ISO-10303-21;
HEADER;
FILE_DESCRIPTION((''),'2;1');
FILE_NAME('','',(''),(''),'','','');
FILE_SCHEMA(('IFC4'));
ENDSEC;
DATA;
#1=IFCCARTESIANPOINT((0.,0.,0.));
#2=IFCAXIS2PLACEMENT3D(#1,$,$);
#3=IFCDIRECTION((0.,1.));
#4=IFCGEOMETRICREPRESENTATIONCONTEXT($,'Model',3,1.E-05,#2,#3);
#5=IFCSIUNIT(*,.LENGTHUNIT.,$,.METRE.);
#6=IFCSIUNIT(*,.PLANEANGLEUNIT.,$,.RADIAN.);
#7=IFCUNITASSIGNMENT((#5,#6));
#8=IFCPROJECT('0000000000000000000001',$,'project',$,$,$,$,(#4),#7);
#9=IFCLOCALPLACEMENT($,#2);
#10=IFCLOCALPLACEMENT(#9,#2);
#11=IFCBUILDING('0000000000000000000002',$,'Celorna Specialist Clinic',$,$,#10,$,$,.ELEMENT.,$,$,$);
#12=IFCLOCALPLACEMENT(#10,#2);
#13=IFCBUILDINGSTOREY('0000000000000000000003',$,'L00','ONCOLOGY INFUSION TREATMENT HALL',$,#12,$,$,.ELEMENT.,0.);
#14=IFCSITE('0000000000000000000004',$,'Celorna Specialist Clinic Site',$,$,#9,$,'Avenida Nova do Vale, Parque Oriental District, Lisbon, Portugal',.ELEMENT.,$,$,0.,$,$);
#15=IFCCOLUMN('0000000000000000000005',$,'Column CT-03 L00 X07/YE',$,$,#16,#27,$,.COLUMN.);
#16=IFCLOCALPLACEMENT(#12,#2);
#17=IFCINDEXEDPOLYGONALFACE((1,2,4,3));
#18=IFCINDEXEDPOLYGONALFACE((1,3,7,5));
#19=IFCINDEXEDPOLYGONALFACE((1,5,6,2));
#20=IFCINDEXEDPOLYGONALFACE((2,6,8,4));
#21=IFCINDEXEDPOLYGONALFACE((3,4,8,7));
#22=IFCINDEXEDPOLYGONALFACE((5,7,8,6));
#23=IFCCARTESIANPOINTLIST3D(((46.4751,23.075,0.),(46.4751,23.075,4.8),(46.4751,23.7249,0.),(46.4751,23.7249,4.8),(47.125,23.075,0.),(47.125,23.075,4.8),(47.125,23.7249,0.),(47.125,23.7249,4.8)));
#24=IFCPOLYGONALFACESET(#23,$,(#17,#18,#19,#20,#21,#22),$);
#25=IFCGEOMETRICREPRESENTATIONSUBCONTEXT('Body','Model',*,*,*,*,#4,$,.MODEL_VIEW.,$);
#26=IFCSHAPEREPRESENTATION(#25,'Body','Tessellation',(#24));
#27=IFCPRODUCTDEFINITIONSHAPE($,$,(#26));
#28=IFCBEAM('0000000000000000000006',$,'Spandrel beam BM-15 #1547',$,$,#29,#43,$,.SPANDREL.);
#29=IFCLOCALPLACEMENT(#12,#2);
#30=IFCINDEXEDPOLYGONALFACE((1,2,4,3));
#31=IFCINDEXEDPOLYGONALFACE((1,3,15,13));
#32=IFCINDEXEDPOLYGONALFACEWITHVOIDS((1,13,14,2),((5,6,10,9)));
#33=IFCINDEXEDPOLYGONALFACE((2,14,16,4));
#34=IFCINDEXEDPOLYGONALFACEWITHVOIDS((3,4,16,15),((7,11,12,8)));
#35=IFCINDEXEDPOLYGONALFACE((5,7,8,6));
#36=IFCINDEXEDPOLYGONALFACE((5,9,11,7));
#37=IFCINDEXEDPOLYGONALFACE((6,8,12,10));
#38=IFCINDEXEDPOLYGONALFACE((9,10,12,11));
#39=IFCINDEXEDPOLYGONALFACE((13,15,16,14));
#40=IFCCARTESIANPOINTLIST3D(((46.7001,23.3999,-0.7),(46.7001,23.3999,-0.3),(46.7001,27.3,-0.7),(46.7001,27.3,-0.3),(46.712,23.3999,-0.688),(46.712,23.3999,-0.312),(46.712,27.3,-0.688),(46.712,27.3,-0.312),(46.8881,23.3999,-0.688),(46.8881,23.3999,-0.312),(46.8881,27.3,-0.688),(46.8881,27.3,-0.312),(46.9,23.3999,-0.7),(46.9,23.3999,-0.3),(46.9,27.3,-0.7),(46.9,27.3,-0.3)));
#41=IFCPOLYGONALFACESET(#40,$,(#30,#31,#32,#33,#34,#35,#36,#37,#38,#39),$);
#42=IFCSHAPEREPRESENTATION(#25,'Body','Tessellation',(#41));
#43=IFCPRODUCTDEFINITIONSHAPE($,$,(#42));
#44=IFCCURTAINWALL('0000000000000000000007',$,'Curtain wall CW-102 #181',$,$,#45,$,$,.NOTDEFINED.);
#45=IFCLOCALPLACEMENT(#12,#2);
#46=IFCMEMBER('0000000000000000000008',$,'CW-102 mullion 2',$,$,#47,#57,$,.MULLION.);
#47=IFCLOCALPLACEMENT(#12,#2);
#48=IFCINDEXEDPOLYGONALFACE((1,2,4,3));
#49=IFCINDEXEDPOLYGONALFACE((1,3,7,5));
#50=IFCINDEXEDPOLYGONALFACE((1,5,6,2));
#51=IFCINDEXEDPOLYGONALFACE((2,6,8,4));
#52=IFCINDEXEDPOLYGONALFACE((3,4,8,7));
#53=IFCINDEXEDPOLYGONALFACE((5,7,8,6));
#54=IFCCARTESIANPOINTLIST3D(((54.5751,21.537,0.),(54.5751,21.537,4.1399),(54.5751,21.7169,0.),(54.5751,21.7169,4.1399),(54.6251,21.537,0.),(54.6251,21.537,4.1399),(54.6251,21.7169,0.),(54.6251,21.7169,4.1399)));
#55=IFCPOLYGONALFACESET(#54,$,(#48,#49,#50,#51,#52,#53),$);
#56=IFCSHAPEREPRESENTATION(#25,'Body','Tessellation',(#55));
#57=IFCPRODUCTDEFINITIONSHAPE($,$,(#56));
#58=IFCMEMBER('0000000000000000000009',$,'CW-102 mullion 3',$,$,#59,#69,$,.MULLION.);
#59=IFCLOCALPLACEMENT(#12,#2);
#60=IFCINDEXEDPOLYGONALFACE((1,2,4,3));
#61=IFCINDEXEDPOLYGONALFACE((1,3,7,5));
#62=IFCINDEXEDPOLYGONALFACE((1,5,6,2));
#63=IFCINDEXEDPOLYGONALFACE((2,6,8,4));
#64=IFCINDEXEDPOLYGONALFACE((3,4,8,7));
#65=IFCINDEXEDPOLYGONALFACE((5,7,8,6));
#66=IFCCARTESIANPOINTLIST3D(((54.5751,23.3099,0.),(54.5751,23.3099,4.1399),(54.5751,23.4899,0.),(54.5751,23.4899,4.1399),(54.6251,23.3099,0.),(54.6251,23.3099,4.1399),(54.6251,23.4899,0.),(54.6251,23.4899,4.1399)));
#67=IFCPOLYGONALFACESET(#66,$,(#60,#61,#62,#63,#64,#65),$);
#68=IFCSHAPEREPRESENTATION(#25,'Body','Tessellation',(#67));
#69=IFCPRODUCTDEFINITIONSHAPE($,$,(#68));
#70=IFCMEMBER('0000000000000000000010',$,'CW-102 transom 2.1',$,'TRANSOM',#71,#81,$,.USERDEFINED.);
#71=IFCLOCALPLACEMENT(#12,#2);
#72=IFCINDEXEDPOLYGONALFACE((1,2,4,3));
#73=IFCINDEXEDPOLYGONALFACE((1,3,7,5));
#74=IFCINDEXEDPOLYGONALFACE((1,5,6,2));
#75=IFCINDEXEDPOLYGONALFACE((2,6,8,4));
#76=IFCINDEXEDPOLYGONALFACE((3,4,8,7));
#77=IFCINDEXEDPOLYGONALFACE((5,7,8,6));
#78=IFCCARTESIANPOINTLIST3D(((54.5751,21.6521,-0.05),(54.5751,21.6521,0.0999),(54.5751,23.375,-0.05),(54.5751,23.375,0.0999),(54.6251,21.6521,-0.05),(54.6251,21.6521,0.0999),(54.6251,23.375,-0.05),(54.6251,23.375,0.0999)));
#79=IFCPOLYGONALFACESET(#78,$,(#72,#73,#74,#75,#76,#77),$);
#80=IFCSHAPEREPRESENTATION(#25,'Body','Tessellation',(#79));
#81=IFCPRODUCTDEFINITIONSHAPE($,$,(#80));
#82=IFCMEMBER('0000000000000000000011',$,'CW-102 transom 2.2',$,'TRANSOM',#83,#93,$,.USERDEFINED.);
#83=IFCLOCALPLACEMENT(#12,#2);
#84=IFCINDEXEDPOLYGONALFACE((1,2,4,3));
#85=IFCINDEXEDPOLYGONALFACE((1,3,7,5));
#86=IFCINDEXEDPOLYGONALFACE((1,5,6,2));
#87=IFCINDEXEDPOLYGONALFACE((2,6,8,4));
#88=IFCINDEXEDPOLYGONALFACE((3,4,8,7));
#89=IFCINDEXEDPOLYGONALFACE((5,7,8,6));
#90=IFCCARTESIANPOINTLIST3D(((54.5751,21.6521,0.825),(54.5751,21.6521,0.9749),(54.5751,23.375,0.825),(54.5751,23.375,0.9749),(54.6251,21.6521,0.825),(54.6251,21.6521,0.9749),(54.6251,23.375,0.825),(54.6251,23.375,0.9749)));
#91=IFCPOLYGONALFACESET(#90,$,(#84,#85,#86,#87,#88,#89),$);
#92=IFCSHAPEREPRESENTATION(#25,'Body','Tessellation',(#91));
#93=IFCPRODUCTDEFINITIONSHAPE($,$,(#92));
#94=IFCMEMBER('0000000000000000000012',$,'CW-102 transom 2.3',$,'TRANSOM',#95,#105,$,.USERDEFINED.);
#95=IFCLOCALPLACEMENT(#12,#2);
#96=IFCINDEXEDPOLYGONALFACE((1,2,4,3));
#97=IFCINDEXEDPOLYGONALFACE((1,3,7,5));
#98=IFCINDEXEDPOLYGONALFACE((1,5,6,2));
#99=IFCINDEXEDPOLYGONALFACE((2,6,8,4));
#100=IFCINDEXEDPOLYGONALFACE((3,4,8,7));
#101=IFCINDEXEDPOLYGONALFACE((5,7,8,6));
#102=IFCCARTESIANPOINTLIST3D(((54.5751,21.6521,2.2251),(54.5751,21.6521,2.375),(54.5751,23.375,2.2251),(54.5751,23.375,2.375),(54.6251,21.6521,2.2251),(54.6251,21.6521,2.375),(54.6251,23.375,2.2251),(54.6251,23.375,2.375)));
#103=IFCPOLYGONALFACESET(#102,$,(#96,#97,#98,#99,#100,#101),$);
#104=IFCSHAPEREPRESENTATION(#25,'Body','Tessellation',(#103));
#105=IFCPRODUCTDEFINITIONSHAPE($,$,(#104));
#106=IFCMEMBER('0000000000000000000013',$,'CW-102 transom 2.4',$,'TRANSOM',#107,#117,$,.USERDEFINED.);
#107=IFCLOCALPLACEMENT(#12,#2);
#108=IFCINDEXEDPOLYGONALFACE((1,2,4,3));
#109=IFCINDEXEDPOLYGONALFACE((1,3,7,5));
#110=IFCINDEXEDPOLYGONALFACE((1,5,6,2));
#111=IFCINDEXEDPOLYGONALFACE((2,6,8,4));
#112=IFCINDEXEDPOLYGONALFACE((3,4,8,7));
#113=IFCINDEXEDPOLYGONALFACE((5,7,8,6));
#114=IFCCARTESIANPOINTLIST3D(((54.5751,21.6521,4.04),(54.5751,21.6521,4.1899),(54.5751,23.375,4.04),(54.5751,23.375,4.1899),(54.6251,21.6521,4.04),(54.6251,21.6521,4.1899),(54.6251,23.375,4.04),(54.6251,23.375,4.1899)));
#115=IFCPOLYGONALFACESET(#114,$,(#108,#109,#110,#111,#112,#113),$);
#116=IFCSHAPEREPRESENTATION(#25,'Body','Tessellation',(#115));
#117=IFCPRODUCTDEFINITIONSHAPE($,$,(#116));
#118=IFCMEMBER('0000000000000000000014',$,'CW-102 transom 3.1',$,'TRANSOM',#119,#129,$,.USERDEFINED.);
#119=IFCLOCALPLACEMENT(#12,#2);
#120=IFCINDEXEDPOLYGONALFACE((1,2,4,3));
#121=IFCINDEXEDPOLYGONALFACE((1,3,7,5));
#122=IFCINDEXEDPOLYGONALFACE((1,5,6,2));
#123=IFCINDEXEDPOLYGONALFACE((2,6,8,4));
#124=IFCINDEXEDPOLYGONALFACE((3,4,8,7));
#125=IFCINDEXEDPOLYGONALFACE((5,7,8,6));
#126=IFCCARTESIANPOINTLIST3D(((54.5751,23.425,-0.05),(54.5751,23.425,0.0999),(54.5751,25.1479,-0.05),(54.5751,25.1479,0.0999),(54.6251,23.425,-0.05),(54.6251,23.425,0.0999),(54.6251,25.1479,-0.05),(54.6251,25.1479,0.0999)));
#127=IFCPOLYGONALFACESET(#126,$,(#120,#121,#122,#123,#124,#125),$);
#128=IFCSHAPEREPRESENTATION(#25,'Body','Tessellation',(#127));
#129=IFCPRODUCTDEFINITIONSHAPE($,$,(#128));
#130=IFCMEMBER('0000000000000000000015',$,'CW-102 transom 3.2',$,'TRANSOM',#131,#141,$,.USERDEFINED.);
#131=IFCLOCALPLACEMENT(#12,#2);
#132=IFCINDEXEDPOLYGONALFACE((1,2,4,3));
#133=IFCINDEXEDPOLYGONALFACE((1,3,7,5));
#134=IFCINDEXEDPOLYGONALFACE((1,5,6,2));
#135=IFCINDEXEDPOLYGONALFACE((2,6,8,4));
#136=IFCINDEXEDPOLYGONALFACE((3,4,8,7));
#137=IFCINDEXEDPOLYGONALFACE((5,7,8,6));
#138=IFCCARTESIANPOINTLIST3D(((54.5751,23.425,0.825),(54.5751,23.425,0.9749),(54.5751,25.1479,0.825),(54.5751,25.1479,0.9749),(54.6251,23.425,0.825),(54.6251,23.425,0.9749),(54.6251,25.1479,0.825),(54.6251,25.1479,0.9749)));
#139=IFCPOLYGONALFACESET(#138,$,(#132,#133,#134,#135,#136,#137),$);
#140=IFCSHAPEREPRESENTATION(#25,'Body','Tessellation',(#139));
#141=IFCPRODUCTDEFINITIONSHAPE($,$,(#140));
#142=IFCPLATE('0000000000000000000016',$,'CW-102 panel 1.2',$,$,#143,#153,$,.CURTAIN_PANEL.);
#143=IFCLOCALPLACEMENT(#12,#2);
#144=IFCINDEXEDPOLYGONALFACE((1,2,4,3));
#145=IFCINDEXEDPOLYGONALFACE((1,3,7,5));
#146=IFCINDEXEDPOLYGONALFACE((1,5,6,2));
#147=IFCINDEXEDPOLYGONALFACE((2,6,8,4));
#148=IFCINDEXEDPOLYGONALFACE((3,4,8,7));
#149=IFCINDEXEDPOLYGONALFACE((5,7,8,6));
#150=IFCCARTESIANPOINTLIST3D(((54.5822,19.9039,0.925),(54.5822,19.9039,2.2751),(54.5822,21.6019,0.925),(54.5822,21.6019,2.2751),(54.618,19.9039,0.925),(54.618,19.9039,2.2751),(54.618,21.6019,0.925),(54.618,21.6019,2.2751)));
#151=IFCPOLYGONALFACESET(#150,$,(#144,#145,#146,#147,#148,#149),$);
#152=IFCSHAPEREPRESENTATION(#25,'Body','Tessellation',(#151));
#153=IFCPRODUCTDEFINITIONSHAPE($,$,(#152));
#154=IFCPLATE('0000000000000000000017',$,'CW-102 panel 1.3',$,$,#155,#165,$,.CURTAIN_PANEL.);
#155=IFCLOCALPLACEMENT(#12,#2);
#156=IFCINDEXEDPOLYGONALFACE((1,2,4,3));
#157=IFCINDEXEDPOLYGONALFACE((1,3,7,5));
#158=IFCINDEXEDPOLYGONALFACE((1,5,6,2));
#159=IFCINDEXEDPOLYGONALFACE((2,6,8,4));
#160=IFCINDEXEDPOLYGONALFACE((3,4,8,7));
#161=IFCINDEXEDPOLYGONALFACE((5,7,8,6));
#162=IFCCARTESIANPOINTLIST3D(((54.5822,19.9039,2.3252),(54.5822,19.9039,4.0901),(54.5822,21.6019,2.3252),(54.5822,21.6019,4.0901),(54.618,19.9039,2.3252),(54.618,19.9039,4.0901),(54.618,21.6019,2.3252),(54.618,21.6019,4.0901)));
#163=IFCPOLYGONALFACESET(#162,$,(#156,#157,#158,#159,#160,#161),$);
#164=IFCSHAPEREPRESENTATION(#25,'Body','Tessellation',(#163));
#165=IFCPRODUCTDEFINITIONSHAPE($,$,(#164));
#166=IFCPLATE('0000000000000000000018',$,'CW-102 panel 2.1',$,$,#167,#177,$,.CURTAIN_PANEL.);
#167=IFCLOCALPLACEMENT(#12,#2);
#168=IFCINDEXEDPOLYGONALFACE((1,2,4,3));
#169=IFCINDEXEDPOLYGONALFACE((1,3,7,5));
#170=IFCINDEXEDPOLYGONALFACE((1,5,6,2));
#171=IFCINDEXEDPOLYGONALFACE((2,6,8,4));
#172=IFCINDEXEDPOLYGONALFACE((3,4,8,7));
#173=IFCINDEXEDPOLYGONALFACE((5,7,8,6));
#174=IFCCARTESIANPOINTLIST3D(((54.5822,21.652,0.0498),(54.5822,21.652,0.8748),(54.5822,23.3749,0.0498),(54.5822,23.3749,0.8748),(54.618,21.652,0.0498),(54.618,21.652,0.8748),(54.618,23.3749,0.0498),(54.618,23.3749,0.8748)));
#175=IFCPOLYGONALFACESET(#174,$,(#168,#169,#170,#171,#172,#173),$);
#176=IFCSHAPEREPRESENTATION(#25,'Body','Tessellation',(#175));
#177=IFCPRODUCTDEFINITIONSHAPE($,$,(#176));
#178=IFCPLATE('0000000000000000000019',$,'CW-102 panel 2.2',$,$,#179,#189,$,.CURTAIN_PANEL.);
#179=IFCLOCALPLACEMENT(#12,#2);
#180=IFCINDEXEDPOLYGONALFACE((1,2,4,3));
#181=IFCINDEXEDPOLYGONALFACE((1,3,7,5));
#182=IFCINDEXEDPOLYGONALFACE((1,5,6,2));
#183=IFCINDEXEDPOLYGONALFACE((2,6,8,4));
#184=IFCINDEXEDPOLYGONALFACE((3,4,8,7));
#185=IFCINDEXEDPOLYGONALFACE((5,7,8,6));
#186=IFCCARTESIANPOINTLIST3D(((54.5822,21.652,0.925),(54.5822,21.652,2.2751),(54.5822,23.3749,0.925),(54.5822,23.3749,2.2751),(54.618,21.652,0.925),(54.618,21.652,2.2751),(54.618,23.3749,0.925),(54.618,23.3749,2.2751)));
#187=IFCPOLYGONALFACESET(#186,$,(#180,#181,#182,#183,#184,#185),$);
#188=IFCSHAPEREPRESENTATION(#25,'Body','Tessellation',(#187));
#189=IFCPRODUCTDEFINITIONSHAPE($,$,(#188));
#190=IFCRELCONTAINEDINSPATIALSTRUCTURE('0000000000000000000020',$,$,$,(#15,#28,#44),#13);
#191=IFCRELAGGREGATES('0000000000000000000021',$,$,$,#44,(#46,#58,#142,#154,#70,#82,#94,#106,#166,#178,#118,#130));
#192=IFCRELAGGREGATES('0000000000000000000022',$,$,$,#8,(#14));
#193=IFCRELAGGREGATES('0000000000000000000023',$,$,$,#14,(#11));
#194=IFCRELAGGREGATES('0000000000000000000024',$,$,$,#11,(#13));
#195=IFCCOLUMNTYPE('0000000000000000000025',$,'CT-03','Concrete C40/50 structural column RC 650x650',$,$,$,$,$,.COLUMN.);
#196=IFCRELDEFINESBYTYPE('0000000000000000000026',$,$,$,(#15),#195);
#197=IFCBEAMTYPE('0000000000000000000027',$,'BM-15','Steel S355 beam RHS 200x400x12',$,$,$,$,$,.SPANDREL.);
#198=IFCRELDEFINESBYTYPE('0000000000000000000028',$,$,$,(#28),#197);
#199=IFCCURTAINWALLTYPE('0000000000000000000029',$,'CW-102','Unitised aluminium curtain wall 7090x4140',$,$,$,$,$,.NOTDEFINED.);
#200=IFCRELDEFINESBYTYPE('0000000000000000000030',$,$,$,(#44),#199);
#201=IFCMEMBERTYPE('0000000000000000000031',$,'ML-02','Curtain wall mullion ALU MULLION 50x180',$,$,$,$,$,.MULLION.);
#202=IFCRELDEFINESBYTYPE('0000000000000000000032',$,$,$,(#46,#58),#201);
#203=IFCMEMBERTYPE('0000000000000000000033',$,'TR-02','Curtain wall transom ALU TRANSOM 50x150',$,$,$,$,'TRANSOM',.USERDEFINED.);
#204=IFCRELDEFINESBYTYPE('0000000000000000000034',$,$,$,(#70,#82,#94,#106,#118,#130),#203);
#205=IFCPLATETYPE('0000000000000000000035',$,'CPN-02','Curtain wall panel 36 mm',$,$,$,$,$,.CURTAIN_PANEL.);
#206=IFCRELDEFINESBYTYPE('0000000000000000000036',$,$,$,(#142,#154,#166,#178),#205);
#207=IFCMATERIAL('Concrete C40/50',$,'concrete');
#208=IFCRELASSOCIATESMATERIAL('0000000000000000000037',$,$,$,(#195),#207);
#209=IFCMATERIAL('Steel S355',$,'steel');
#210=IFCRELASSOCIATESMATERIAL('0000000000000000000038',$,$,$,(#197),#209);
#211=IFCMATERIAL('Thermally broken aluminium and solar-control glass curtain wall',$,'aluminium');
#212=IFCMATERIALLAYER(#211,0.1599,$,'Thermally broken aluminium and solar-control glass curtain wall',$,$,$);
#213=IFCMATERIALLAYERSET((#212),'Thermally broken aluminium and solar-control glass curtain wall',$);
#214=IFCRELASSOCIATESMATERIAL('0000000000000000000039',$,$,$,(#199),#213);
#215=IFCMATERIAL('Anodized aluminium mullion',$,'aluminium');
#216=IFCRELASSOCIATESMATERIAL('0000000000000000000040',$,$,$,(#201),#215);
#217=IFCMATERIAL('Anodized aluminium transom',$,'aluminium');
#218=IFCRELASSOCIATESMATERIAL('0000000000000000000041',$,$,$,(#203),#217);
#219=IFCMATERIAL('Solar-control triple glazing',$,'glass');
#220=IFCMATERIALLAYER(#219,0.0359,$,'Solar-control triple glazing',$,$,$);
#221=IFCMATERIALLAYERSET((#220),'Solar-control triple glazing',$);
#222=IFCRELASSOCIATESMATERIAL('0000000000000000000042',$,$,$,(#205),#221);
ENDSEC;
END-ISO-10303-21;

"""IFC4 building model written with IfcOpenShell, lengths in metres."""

from ifc_helpers import new_model, si_unit, direction, frame, origin, origin_2d, place, context, subcontext, project, spatial, rectangle, hollow_rectangle, extrude, material, layer, layer_set, material_profile, profile_set, type_object, element, aggregate, save


model = new_model("IFC4")

# Units and contexts
model_context = context("Model", 3, precision=1e-05, world=origin(), true_north=direction((0.0, 1.0)))
body_context = subcontext(model_context, "Body", "Model", "MODEL_VIEW")
ifc_project = project(units=[si_unit("LENGTHUNIT", "METRE"), si_unit("PLANEANGLEUNIT", "RADIAN")], contexts=[model_context])

# Site, building, storey
site_placement = place(None, origin())
site = spatial("IfcSite", under=ifc_project, at=site_placement, Name="Celorna Specialist Clinic Site", LongName="Avenida Nova do Vale, Parque Oriental District, Lisbon, Portugal", CompositionType="ELEMENT", RefElevation=0.0)
building_placement = place(site_placement, origin())
building = spatial("IfcBuilding", under=site, at=building_placement, Name="Celorna Specialist Clinic", CompositionType="ELEMENT")
storey_placement = place(building_placement, origin())
storey = spatial("IfcBuildingStorey", under=building, at=storey_placement, Name="L00", Description="ONCOLOGY INFUSION TREATMENT HALL", CompositionType="ELEMENT", Elevation=0.0)

# Column
ifc_material_1 = material(Name="Concrete C40/50", Category="concrete")
ifc_material_profile_1 = material_profile(ifc_material_1, rectangle(XDim=0.6499, YDim=0.6499, at=origin_2d()), Name="RC 650x650")
ifc_profile_set_1 = profile_set([ifc_material_profile_1], Name="Concrete C40/50")
column_type = type_object("IfcColumnType", Name="CT-03", Description="Concrete C40/50 structural column RC 650x650", PredefinedType="COLUMN", material=ifc_profile_set_1)
column_placement = place(storey_placement, frame((46.8, 23.3999, 0.0), z_axis=(0.0, 0.0, 1.0), x_axis=(1.0, 0.0, 0.0)))
element("IfcColumn", 1, at=column_placement, inside=storey, type_object=column_type, Name="Column CT-03 L00 X07/YE", PredefinedType="COLUMN", context=body_context, shape_type="SweptSolid", body=[
    extrude(rectangle(XDim=0.6499, YDim=0.6499, at=origin_2d()), origin(), (0.0, 0.0, 1.0), 4.8),
])

# Beam
ifc_material_2 = material(Name="Steel S355", Category="steel")
ifc_material_profile_2 = material_profile(ifc_material_2, hollow_rectangle(XDim=0.2, YDim=0.3999, WallThickness=0.012, at=origin_2d()), Name="RHS 200x400x12")
ifc_profile_set_2 = profile_set([ifc_material_profile_2], Name="Steel S355")
beam_type = type_object("IfcBeamType", Name="BM-15", Description="Steel S355 beam RHS 200x400x12", PredefinedType="SPANDREL", material=ifc_profile_set_2)
beam_placement = place(storey_placement, frame((46.8, 23.3999, -0.5), z_axis=(0.0, 1.0, 0.0), x_axis=(-1.0, 0.0, 0.0)))
element("IfcBeam", 2, at=beam_placement, inside=storey, type_object=beam_type, Name="Spandrel beam BM-15 #1547", PredefinedType="SPANDREL", context=body_context, shape_type="SweptSolid", body=[
    extrude(hollow_rectangle(XDim=0.2, YDim=0.3999, WallThickness=0.012, at=origin_2d()), origin(), (0.0, 0.0, 1.0), 3.9001),
])

# Curtain wall, members, plates
ifc_material_3 = material(Name="Thermally broken aluminium and solar-control glass curtain wall", Category="aluminium")
ifc_layer_1 = layer(ifc_material_3, 0.1599, Name="Thermally broken aluminium and solar-control glass curtain wall")
ifc_layer_set_1 = layer_set([ifc_layer_1], Name="Thermally broken aluminium and solar-control glass curtain wall")
curtain_wall_type = type_object("IfcCurtainWallType", Name="CW-102", Description="Unitised aluminium curtain wall 7090x4140", PredefinedType="NOTDEFINED", material=ifc_layer_set_1)
curtain_wall_placement = place(storey_placement, origin())
curtain_wall = element("IfcCurtainWall", 3, at=curtain_wall_placement, inside=storey, type_object=curtain_wall_type, Name="Curtain wall CW-102 #181", PredefinedType="NOTDEFINED")
ifc_material_4 = material(Name="Anodized aluminium mullion", Category="aluminium")
ifc_material_profile_3 = material_profile(ifc_material_4, rectangle(XDim=0.05, YDim=0.1799, at=origin_2d()), Name="ALU MULLION 50x180")
ifc_profile_set_3 = profile_set([ifc_material_profile_3], Name="Anodized aluminium mullion")
member_type_1 = type_object("IfcMemberType", Name="ML-02", Description="Curtain wall mullion ALU MULLION 50x180", PredefinedType="MULLION", material=ifc_profile_set_3)
member_1_placement = place(storey_placement, frame((54.6001, 21.627, 0.0), z_axis=(0.0, 0.0, 1.0), x_axis=(-1.0, 0.0, 0.0)))
member_1 = element("IfcMember", 4, at=member_1_placement, type_object=member_type_1, Name="CW-102 mullion 2", PredefinedType="MULLION", context=body_context, shape_type="SweptSolid", body=[
    extrude(rectangle(XDim=0.05, YDim=0.1799, at=origin_2d()), origin(), (0.0, 0.0, 1.0), 4.1399),
])
member_2_placement = place(storey_placement, frame((54.6001, 23.3999, 0.0), z_axis=(0.0, 0.0, 1.0), x_axis=(-1.0, 0.0, 0.0)))
member_2 = element("IfcMember", 5, at=member_2_placement, type_object=member_type_1, Name="CW-102 mullion 3", PredefinedType="MULLION", context=body_context, shape_type="SweptSolid", body=[
    extrude(rectangle(XDim=0.05, YDim=0.1799, at=origin_2d()), origin(), (0.0, 0.0, 1.0), 4.1399),
])
ifc_material_5 = material(Name="Anodized aluminium transom", Category="aluminium")
ifc_material_profile_4 = material_profile(ifc_material_5, rectangle(XDim=0.05, YDim=0.1499, at=origin_2d()), Name="ALU TRANSOM 50x150")
ifc_profile_set_4 = profile_set([ifc_material_profile_4], Name="Anodized aluminium transom")
member_type_2 = type_object("IfcMemberType", Name="TR-02", Description="Curtain wall transom ALU TRANSOM 50x150", ElementType="TRANSOM", PredefinedType="USERDEFINED", material=ifc_profile_set_4)
member_3_placement = place(storey_placement, frame((54.6001, 21.6521, 0.0249), z_axis=(0.0, 1.0, 0.0), x_axis=(-1.0, 0.0, 0.0)))
member_3 = element("IfcMember", 6, at=member_3_placement, type_object=member_type_2, Name="CW-102 transom 2.1", ObjectType="TRANSOM", PredefinedType="USERDEFINED", context=body_context, shape_type="SweptSolid", body=[
    extrude(rectangle(XDim=0.05, YDim=0.1499, at=origin_2d()), origin(), (0.0, 0.0, 1.0), 1.7229),
])
member_4_placement = place(storey_placement, frame((54.6001, 21.6521, 0.8999), z_axis=(0.0, 1.0, 0.0), x_axis=(-1.0, 0.0, 0.0)))
member_4 = element("IfcMember", 7, at=member_4_placement, type_object=member_type_2, Name="CW-102 transom 2.2", ObjectType="TRANSOM", PredefinedType="USERDEFINED", context=body_context, shape_type="SweptSolid", body=[
    extrude(rectangle(XDim=0.05, YDim=0.1499, at=origin_2d()), origin(), (0.0, 0.0, 1.0), 1.7229),
])
member_5_placement = place(storey_placement, frame((54.6001, 21.6521, 2.3), z_axis=(0.0, 1.0, 0.0), x_axis=(-1.0, 0.0, 0.0)))
member_5 = element("IfcMember", 8, at=member_5_placement, type_object=member_type_2, Name="CW-102 transom 2.3", ObjectType="TRANSOM", PredefinedType="USERDEFINED", context=body_context, shape_type="SweptSolid", body=[
    extrude(rectangle(XDim=0.05, YDim=0.1499, at=origin_2d()), origin(), (0.0, 0.0, 1.0), 1.7229),
])
member_6_placement = place(storey_placement, frame((54.6001, 21.6521, 4.115), z_axis=(0.0, 1.0, 0.0), x_axis=(-1.0, 0.0, 0.0)))
member_6 = element("IfcMember", 9, at=member_6_placement, type_object=member_type_2, Name="CW-102 transom 2.4", ObjectType="TRANSOM", PredefinedType="USERDEFINED", context=body_context, shape_type="SweptSolid", body=[
    extrude(rectangle(XDim=0.05, YDim=0.1499, at=origin_2d()), origin(), (0.0, 0.0, 1.0), 1.7229),
])
member_7_placement = place(storey_placement, frame((54.6001, 23.425, 0.0249), z_axis=(0.0, 1.0, 0.0), x_axis=(-1.0, 0.0, 0.0)))
member_7 = element("IfcMember", 10, at=member_7_placement, type_object=member_type_2, Name="CW-102 transom 3.1", ObjectType="TRANSOM", PredefinedType="USERDEFINED", context=body_context, shape_type="SweptSolid", body=[
    extrude(rectangle(XDim=0.05, YDim=0.1499, at=origin_2d()), origin(), (0.0, 0.0, 1.0), 1.7229),
])
member_8_placement = place(storey_placement, frame((54.6001, 23.425, 0.8999), z_axis=(0.0, 1.0, 0.0), x_axis=(-1.0, 0.0, 0.0)))
member_8 = element("IfcMember", 11, at=member_8_placement, type_object=member_type_2, Name="CW-102 transom 3.2", ObjectType="TRANSOM", PredefinedType="USERDEFINED", context=body_context, shape_type="SweptSolid", body=[
    extrude(rectangle(XDim=0.05, YDim=0.1499, at=origin_2d()), origin(), (0.0, 0.0, 1.0), 1.7229),
])
ifc_material_6 = material(Name="Solar-control triple glazing", Category="glass")
ifc_layer_2 = layer(ifc_material_6, 0.0359, Name="Solar-control triple glazing")
ifc_layer_set_2 = layer_set([ifc_layer_2], Name="Solar-control triple glazing")
plate_type = type_object("IfcPlateType", Name="CPN-02", Description="Curtain wall panel 36 mm", PredefinedType="CURTAIN_PANEL", material=ifc_layer_set_2)
plate_1_placement = place(storey_placement, frame((54.6001, 20.7529, 0.925), z_axis=(0.0, 0.0, 1.0), x_axis=(0.0, 1.0, 0.0)))
plate_1 = element("IfcPlate", 12, at=plate_1_placement, type_object=plate_type, Name="CW-102 panel 1.2", PredefinedType="CURTAIN_PANEL", context=body_context, shape_type="SweptSolid", body=[
    extrude(rectangle(XDim=1.698, YDim=0.0359, at=origin_2d()), origin(), (0.0, 0.0, 1.0), 1.3501),
])
plate_2_placement = place(storey_placement, frame((54.6001, 20.7529, 2.3252), z_axis=(0.0, 0.0, 1.0), x_axis=(0.0, 1.0, 0.0)))
plate_2 = element("IfcPlate", 13, at=plate_2_placement, type_object=plate_type, Name="CW-102 panel 1.3", PredefinedType="CURTAIN_PANEL", context=body_context, shape_type="SweptSolid", body=[
    extrude(rectangle(XDim=1.698, YDim=0.0359, at=origin_2d()), origin(), (0.0, 0.0, 1.0), 1.7649),
])
plate_3_placement = place(storey_placement, frame((54.6001, 22.5134, 0.0498), z_axis=(0.0, 0.0, 1.0), x_axis=(0.0, 1.0, 0.0)))
plate_3 = element("IfcPlate", 14, at=plate_3_placement, type_object=plate_type, Name="CW-102 panel 2.1", PredefinedType="CURTAIN_PANEL", context=body_context, shape_type="SweptSolid", body=[
    extrude(rectangle(XDim=1.7229, YDim=0.0359, at=origin_2d()), origin(), (0.0, 0.0, 1.0), 0.825),
])
plate_4_placement = place(storey_placement, frame((54.6001, 22.5134, 0.925), z_axis=(0.0, 0.0, 1.0), x_axis=(0.0, 1.0, 0.0)))
plate_4 = element("IfcPlate", 15, at=plate_4_placement, type_object=plate_type, Name="CW-102 panel 2.2", PredefinedType="CURTAIN_PANEL", context=body_context, shape_type="SweptSolid", body=[
    extrude(rectangle(XDim=1.7229, YDim=0.0359, at=origin_2d()), origin(), (0.0, 0.0, 1.0), 1.3501),
])
aggregate(curtain_wall, [member_1, member_2, plate_1, plate_2, member_3, member_4, member_5, member_6, plate_3, plate_4, member_7, member_8])

save(model, "model.ifc")
